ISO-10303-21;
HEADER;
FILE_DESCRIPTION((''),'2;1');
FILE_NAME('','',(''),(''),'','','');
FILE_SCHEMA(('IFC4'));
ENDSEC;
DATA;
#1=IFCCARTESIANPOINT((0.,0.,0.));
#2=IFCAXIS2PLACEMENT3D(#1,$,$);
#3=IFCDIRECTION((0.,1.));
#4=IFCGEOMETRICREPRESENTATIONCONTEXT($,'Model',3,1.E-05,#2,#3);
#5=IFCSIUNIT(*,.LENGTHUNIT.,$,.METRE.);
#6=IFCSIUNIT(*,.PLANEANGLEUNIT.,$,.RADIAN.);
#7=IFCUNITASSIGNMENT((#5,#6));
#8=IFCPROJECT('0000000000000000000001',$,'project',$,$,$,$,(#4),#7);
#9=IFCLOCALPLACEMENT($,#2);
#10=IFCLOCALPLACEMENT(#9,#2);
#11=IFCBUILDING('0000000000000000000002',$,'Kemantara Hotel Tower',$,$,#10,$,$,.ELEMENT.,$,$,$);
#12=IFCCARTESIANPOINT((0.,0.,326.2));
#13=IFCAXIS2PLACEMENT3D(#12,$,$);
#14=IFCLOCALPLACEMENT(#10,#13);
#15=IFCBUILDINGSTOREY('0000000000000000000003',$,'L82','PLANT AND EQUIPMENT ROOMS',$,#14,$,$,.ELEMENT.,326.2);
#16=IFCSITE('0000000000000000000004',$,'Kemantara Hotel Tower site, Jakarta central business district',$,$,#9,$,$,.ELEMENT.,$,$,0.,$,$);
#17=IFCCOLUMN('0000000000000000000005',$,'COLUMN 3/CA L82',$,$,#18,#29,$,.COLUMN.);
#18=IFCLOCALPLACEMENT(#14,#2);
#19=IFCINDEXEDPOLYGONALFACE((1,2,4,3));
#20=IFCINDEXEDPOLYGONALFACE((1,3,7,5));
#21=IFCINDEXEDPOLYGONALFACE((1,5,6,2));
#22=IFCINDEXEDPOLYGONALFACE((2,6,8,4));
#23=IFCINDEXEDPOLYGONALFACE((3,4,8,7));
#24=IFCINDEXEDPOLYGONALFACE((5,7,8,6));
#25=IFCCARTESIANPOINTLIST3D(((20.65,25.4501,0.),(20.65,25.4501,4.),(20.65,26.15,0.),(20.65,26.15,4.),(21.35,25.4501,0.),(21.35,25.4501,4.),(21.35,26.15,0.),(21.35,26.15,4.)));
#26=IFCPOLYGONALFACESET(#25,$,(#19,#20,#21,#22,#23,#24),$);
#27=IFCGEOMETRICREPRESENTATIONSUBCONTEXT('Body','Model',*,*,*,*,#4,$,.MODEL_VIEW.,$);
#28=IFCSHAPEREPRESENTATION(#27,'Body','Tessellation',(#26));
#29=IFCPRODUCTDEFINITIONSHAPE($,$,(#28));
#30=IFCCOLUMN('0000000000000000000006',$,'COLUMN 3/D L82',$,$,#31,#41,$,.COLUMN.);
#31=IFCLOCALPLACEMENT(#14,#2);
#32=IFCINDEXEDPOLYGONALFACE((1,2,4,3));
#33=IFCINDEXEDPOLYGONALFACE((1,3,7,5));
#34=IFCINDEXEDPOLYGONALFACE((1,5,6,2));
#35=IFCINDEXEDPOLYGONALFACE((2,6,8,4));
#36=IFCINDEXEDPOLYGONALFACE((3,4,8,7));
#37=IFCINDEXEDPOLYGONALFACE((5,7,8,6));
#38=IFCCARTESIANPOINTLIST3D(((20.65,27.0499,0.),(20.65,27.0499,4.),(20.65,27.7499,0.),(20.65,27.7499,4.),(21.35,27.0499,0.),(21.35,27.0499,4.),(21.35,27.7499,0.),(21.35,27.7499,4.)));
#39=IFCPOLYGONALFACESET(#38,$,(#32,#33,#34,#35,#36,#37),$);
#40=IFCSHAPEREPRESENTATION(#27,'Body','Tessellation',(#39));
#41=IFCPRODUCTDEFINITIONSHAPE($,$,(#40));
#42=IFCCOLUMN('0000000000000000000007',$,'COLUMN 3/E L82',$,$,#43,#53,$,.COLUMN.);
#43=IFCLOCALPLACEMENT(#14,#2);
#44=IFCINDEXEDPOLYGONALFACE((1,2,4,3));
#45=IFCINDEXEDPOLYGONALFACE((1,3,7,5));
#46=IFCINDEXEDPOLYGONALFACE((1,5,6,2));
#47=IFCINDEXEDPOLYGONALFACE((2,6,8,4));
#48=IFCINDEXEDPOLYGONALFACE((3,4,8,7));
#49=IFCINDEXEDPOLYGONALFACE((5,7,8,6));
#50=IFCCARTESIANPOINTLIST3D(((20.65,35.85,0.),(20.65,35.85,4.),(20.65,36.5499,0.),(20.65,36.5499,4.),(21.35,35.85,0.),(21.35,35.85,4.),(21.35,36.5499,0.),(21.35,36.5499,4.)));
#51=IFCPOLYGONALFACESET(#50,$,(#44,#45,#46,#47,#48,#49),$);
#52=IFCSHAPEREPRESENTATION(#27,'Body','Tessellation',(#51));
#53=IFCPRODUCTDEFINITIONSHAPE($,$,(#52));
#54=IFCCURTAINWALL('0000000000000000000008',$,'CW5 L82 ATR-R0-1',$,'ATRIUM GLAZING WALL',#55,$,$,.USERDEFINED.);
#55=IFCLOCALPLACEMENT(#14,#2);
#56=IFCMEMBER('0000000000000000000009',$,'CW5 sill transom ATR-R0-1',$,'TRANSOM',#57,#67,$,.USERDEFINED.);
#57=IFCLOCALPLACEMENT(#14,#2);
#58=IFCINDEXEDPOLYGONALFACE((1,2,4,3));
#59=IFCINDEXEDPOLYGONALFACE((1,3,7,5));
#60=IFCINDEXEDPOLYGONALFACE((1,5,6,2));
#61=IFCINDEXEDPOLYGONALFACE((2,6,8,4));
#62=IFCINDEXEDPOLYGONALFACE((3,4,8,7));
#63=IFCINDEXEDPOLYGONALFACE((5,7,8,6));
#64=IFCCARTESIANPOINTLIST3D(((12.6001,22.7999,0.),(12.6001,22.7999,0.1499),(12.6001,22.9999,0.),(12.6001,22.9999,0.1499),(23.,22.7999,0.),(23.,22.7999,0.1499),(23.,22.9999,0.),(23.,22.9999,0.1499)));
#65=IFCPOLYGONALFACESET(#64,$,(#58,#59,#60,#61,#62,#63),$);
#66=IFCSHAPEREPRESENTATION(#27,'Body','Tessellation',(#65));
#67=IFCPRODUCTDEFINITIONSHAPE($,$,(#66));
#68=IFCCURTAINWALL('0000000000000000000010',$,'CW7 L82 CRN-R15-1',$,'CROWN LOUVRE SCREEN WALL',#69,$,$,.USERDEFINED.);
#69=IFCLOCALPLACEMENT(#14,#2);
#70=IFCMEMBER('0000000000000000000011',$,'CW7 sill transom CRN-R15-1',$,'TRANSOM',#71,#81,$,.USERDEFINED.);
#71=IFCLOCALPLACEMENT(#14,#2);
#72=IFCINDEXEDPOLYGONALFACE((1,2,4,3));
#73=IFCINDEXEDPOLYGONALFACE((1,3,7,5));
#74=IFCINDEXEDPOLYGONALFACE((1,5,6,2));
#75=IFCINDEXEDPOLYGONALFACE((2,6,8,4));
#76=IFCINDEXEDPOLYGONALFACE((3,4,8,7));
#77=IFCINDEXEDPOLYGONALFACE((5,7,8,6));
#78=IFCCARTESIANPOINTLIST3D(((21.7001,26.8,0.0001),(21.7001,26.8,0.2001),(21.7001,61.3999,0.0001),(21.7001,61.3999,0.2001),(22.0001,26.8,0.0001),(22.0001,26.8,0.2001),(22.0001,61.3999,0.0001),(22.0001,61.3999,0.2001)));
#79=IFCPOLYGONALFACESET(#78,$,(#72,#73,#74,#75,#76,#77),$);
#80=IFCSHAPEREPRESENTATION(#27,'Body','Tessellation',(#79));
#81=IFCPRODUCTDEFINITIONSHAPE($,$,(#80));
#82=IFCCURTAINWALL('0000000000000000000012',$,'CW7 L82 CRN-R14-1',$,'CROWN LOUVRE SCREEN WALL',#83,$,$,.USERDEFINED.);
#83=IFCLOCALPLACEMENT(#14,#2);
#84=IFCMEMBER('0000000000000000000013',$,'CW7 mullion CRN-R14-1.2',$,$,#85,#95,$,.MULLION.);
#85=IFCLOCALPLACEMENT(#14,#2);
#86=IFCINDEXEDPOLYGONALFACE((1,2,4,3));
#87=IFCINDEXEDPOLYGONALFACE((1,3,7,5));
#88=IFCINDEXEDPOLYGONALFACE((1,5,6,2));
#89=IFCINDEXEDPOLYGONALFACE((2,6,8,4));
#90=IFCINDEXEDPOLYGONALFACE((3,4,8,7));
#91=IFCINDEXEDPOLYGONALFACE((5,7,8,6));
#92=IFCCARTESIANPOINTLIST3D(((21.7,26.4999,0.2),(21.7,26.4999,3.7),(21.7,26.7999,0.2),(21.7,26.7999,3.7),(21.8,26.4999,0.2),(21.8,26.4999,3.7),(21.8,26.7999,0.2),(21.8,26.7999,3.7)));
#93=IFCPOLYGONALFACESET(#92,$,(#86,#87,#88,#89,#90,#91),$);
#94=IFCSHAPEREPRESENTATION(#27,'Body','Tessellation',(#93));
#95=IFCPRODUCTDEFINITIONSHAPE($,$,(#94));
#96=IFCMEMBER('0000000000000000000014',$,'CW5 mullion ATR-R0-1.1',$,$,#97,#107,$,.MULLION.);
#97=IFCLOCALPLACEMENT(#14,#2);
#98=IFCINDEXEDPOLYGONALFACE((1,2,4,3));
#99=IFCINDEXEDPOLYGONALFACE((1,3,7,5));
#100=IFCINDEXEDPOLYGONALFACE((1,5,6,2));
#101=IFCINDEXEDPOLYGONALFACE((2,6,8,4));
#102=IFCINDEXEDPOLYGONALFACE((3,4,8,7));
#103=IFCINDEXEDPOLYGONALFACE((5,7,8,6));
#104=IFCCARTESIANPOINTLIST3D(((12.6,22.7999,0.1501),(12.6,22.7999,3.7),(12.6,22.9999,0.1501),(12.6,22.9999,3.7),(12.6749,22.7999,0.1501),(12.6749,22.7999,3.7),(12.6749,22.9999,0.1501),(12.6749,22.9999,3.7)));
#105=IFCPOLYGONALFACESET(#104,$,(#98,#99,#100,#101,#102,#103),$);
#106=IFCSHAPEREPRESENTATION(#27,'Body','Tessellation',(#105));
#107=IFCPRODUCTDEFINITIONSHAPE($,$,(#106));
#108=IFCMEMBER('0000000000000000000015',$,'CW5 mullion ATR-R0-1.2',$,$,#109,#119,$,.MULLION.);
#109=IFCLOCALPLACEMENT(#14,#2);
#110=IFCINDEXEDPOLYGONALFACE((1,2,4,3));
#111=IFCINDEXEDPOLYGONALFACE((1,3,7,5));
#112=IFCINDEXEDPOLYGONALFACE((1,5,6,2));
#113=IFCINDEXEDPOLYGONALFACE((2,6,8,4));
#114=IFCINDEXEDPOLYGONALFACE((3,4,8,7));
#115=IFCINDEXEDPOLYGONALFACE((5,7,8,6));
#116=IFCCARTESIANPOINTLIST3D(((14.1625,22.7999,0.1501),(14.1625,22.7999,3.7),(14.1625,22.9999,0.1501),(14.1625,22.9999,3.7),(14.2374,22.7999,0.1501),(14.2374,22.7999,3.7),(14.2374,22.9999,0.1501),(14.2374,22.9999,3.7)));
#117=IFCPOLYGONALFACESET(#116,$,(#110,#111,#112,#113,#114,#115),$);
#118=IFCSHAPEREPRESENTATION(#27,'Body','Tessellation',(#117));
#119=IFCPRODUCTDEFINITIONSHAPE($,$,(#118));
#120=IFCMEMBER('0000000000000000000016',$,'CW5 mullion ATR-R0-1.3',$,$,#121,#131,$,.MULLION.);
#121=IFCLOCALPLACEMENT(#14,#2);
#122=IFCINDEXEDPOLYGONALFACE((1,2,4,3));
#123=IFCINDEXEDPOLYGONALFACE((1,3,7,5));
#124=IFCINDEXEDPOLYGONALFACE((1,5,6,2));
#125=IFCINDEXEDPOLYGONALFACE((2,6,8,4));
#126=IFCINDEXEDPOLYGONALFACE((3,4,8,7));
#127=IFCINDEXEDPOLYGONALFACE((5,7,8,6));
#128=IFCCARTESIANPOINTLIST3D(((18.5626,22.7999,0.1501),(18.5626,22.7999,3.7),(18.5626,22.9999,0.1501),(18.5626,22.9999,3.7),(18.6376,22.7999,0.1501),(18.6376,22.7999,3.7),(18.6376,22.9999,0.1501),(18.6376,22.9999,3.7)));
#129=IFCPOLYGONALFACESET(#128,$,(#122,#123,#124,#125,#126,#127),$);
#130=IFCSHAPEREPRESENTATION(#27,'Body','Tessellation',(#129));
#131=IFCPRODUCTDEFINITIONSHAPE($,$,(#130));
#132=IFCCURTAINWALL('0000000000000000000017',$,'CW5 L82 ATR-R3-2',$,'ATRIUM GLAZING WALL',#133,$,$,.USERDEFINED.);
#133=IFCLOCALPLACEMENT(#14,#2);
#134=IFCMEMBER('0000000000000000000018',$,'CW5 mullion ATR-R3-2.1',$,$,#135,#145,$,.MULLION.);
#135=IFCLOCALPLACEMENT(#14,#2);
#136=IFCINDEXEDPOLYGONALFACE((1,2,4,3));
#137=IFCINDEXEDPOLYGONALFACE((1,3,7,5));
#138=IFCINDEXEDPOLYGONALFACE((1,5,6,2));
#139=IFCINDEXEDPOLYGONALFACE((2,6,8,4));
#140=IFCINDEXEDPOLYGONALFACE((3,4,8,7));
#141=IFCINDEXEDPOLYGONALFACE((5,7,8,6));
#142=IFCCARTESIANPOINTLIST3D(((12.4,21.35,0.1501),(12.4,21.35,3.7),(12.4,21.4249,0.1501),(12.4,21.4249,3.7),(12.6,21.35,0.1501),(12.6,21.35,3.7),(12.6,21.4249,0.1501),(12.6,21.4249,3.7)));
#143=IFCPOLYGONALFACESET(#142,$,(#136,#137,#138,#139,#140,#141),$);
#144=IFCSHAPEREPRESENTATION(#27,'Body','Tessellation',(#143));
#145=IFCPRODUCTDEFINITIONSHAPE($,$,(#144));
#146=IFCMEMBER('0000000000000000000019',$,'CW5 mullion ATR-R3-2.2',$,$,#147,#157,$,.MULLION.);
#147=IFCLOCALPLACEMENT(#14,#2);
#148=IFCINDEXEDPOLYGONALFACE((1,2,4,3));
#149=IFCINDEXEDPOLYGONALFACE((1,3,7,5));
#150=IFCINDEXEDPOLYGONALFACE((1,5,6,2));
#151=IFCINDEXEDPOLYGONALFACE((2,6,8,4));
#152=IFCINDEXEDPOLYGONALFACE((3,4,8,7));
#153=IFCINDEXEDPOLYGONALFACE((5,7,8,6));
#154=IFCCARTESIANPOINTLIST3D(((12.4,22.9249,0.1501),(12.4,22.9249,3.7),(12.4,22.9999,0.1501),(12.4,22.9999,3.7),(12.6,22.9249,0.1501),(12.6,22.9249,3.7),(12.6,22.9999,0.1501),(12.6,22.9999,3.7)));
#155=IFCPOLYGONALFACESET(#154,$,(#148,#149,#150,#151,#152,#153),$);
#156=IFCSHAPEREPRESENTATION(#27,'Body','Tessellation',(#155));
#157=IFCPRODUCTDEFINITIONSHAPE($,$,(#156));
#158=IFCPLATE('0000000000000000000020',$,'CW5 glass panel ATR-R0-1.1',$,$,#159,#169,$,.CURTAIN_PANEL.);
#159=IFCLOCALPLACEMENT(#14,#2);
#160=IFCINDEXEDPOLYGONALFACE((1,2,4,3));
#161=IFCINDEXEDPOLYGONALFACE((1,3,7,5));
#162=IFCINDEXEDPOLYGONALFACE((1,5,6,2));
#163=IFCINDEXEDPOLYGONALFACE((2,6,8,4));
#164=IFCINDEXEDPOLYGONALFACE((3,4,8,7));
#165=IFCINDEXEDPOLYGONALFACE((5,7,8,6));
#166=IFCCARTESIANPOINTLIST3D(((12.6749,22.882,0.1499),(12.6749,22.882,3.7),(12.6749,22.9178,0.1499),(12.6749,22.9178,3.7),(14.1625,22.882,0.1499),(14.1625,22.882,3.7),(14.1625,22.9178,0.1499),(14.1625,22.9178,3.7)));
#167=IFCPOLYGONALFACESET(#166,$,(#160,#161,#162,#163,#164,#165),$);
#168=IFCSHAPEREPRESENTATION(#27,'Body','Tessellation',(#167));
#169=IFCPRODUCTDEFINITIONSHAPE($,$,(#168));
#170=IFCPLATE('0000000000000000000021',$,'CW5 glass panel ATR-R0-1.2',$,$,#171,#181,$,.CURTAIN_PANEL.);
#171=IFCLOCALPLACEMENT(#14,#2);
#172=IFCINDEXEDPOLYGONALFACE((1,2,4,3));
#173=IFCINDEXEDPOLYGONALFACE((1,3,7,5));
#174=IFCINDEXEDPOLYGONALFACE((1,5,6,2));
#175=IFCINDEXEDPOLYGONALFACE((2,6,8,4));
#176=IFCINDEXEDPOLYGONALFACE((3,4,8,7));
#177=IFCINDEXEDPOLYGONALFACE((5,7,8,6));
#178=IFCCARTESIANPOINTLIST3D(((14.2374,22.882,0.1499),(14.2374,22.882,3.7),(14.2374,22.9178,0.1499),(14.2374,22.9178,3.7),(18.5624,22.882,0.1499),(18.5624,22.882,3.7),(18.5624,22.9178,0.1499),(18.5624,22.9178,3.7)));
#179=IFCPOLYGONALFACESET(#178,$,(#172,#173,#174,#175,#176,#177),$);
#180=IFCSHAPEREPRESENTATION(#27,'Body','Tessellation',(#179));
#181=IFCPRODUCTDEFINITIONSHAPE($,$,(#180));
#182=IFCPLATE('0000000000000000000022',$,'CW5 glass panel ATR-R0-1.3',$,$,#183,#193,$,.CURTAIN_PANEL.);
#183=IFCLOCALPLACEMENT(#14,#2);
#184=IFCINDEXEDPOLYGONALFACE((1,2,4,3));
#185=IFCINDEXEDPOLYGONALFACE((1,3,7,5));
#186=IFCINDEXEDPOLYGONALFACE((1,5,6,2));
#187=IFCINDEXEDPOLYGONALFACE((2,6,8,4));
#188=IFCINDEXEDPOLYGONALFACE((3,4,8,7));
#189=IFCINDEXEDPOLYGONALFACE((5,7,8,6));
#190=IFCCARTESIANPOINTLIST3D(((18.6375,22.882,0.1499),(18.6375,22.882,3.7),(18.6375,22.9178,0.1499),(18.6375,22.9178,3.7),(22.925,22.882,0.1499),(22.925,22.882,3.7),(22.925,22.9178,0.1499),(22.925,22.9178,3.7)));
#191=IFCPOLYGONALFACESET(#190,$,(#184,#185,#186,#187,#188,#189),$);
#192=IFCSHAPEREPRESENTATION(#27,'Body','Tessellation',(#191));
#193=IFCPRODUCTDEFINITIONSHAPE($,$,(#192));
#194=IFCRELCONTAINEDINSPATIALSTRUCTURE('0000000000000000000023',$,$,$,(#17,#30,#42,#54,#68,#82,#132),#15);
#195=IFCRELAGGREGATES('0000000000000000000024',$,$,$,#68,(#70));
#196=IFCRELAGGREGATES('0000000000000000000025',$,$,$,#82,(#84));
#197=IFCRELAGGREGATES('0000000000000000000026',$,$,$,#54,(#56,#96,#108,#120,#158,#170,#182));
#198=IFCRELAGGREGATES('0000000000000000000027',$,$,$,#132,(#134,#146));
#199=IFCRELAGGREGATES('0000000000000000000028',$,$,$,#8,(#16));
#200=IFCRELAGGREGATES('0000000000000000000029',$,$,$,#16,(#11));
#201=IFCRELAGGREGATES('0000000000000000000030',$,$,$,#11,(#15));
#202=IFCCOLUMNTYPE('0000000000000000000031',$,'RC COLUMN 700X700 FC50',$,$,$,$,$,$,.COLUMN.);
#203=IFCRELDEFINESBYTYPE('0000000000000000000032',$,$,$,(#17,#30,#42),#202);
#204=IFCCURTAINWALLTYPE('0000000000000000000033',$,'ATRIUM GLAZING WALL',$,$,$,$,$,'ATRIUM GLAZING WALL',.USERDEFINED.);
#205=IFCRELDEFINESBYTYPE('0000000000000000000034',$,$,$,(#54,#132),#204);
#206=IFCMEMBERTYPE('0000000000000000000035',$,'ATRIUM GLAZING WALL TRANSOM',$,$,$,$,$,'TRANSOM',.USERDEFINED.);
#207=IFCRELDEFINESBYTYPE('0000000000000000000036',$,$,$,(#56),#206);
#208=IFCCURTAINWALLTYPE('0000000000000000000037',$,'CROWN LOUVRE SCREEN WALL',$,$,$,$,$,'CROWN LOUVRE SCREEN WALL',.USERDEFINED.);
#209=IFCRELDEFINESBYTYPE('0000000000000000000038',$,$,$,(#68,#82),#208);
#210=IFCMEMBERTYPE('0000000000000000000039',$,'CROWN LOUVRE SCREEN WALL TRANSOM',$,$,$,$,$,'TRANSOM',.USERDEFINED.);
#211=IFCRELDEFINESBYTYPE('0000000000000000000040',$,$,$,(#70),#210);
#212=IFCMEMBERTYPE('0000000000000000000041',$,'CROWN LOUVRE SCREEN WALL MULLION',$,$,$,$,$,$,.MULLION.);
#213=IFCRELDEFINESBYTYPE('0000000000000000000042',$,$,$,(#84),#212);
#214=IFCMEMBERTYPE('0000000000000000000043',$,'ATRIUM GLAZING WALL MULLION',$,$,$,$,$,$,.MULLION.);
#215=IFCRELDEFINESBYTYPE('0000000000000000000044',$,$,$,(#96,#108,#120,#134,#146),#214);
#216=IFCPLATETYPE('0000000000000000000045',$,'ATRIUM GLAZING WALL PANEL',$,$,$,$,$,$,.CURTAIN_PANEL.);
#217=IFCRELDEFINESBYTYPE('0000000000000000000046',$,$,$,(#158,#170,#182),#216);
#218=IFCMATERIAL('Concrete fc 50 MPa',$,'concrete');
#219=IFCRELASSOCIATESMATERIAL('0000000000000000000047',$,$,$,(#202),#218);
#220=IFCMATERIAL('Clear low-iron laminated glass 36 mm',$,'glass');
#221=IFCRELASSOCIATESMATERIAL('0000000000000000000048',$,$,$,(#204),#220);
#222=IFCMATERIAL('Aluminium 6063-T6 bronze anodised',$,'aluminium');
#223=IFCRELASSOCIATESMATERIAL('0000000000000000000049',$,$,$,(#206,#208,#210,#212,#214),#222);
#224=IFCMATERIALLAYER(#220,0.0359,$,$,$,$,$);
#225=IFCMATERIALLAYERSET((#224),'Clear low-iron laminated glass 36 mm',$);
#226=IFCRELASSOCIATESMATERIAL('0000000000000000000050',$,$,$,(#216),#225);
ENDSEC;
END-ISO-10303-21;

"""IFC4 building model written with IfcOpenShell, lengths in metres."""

from ifc_helpers import new_model, si_unit, direction, frame, origin, origin_2d, place, context, subcontext, project, spatial, rectangle, extrude, source, transform, mapped, material, layer, layer_set, material_profile, profile_set, type_object, element, aggregate, save


model = new_model("IFC4")

# Units and contexts
model_context = context("Model", 3, precision=1e-05, world=origin(), true_north=direction((0.0, 1.0)))
body_context = subcontext(model_context, "Body", "Model", "MODEL_VIEW")
ifc_project = project(units=[si_unit("LENGTHUNIT", "METRE"), si_unit("PLANEANGLEUNIT", "RADIAN")], contexts=[model_context])

# Site, building, storey
site_placement = place(None, origin())
site = spatial("IfcSite", under=ifc_project, at=site_placement, Name="Kemantara Hotel Tower site, Jakarta central business district", CompositionType="ELEMENT", RefElevation=0.0)
building_placement = place(site_placement, origin())
building = spatial("IfcBuilding", under=site, at=building_placement, Name="Kemantara Hotel Tower", CompositionType="ELEMENT")
storey_placement = place(building_placement, frame((0.0, 0.0, 326.2)))
storey = spatial("IfcBuildingStorey", under=building, at=storey_placement, Name="L82", Description="PLANT AND EQUIPMENT ROOMS", CompositionType="ELEMENT", Elevation=326.2)

# Columns
ifc_material_1 = material(Name="Concrete fc 50 MPa", Category="concrete")
ifc_material_profile_1 = material_profile(ifc_material_1, rectangle(XDim=0.7, YDim=0.7, at=origin_2d()), Name="RC 700X700")
ifc_profile_set_1 = profile_set([ifc_material_profile_1], Name="Concrete fc 50 MPa")
column_type = type_object("IfcColumnType", Name="RC COLUMN 700X700 FC50", PredefinedType="COLUMN", material=ifc_profile_set_1)
for number, where, z_axis, x_axis, name in (
    (1, (21.0, 25.8, 0.0), (0.0, 0.0, 1.0), (1.0, 0.0, 0.0), "COLUMN 3/CA L82"),
    (2, (21.0, 27.3999, 0.0), (0.0, 0.0, 1.0), (1.0, 0.0, 0.0), "COLUMN 3/D L82"),
    (3, (21.0, 36.2, 0.0), (0.0, 0.0, 1.0), (1.0, 0.0, 0.0), "COLUMN 3/E L82"),
):
    element("IfcColumn", number, at=place(storey_placement, frame(where, z_axis=z_axis, x_axis=x_axis)), inside=storey, type_object=column_type, Name=name, PredefinedType="COLUMN", context=body_context, shape_type="SweptSolid", body=[
        extrude(rectangle(XDim=0.7, YDim=0.7, at=origin_2d()), origin(), (0.0, 0.0, 1.0), 4.0),
    ])

# Curtain walls, members
ifc_material_2 = material(Name="Clear low-iron laminated glass 36 mm", Category="glass")
curtain_wall_type_1 = type_object("IfcCurtainWallType", Name="ATRIUM GLAZING WALL", ElementType="ATRIUM GLAZING WALL", PredefinedType="USERDEFINED", material=ifc_material_2)
curtain_wall_1_placement = place(storey_placement, origin())
curtain_wall_1 = element("IfcCurtainWall", 4, at=curtain_wall_1_placement, inside=storey, type_object=curtain_wall_type_1, Name="CW5 L82 ATR-R0-1", ObjectType="ATRIUM GLAZING WALL", PredefinedType="USERDEFINED")
ifc_material_3 = material(Name="Aluminium 6063-T6 bronze anodised", Category="aluminium")
ifc_material_profile_2 = material_profile(ifc_material_3, rectangle(XDim=0.2, YDim=0.1499, at=origin_2d()), Name="ATRIUM GLAZING WALL TRANSOM")
ifc_profile_set_2 = profile_set([ifc_material_profile_2], Name="Aluminium 6063-T6 bronze anodised")
member_type_1 = type_object("IfcMemberType", Name="ATRIUM GLAZING WALL TRANSOM", ElementType="TRANSOM", PredefinedType="USERDEFINED", material=ifc_profile_set_2)
member_1_placement = place(storey_placement, frame((12.6001, 22.8999, 0.075), z_axis=(1.0, 0.0, 0.0), x_axis=(0.0, 1.0, 0.0)))
member_1 = element("IfcMember", 5, at=member_1_placement, type_object=member_type_1, Name="CW5 sill transom ATR-R0-1", ObjectType="TRANSOM", PredefinedType="USERDEFINED", context=body_context, shape_type="SweptSolid", body=[
    extrude(rectangle(XDim=0.2, YDim=0.1499, at=origin_2d()), origin(), (0.0, 0.0, 1.0), 10.3999),
])
curtain_wall_type_2 = type_object("IfcCurtainWallType", Name="CROWN LOUVRE SCREEN WALL", ElementType="CROWN LOUVRE SCREEN WALL", PredefinedType="USERDEFINED", material=ifc_material_3)
curtain_wall_2_placement = place(storey_placement, origin())
curtain_wall_2 = element("IfcCurtainWall", 6, at=curtain_wall_2_placement, inside=storey, type_object=curtain_wall_type_2, Name="CW7 L82 CRN-R15-1", ObjectType="CROWN LOUVRE SCREEN WALL", PredefinedType="USERDEFINED")
ifc_material_profile_3 = material_profile(ifc_material_3, rectangle(XDim=0.3, YDim=0.2, at=origin_2d()), Name="CROWN LOUVRE SCREEN WALL TRANSOM")
ifc_profile_set_3 = profile_set([ifc_material_profile_3], Name="Aluminium 6063-T6 bronze anodised")
member_type_2 = type_object("IfcMemberType", Name="CROWN LOUVRE SCREEN WALL TRANSOM", ElementType="TRANSOM", PredefinedType="USERDEFINED", material=ifc_profile_set_3)
member_2_placement = place(storey_placement, frame((21.8501, 26.8, 0.1001), z_axis=(0.0, 1.0, 0.0), x_axis=(-1.0, 0.0, 0.0)))
member_2 = element("IfcMember", 7, at=member_2_placement, type_object=member_type_2, Name="CW7 sill transom CRN-R15-1", ObjectType="TRANSOM", PredefinedType="USERDEFINED", context=body_context, shape_type="SweptSolid", body=[
    extrude(rectangle(XDim=0.3, YDim=0.2, at=origin_2d()), origin(), (0.0, 0.0, 1.0), 34.5999),
])
aggregate(curtain_wall_2, [member_2])
curtain_wall_3_placement = place(storey_placement, origin())
curtain_wall_3 = element("IfcCurtainWall", 8, at=curtain_wall_3_placement, inside=storey, type_object=curtain_wall_type_2, Name="CW7 L82 CRN-R14-1", ObjectType="CROWN LOUVRE SCREEN WALL", PredefinedType="USERDEFINED")
ifc_material_profile_4 = material_profile(ifc_material_3, rectangle(XDim=0.3, YDim=0.1001, at=origin_2d()), Name="CROWN LOUVRE SCREEN WALL MULLION")
ifc_profile_set_4 = profile_set([ifc_material_profile_4], Name="Aluminium 6063-T6 bronze anodised")
member_type_3 = type_object("IfcMemberType", Name="CROWN LOUVRE SCREEN WALL MULLION", PredefinedType="MULLION", material=ifc_profile_set_4)
shared_shape_1 = source(origin(), body_context, "Body", "SweptSolid", [
    extrude(rectangle(XDim=0.3, YDim=0.1001, at=origin_2d()), origin(), (0.0, 0.0, 1.0), 3.5),
])
member_3_placement = place(storey_placement, frame((21.75, 26.6499, 0.2), z_axis=(0.0, 0.0, 1.0), x_axis=(0.0, -1.0, 0.0)))
member_3 = element("IfcMember", 9, at=member_3_placement, type_object=member_type_3, Name="CW7 mullion CRN-R14-1.2", PredefinedType="MULLION", context=body_context, shape_type="MappedRepresentation", body=[
    mapped(shared_shape_1, transform((0.0, 0.0, 0.0))),
])
aggregate(curtain_wall_3, [member_3])

# Members
ifc_material_profile_5 = material_profile(ifc_material_3, rectangle(XDim=0.2, YDim=0.075, at=origin_2d()), Name="ATRIUM GLAZING WALL MULLION")
ifc_profile_set_5 = profile_set([ifc_material_profile_5], Name="Aluminium 6063-T6 bronze anodised")
member_type_4 = type_object("IfcMemberType", Name="ATRIUM GLAZING WALL MULLION", PredefinedType="MULLION", material=ifc_profile_set_5)
shared_shape_2 = source(origin(), body_context, "Body", "SweptSolid", [
    extrude(rectangle(XDim=0.2, YDim=0.075, at=origin_2d()), origin(), (0.0, 0.0, 1.0), 3.5498),
])
member_4_placement = place(storey_placement, frame((12.6375, 22.8999, 0.1501), z_axis=(0.0, 0.0, 1.0), x_axis=(0.0, 1.0, 0.0)))
member_4 = element("IfcMember", 10, at=member_4_placement, type_object=member_type_4, Name="CW5 mullion ATR-R0-1.1", PredefinedType="MULLION", context=body_context, shape_type="MappedRepresentation", body=[
    mapped(shared_shape_2, transform((0.0, 0.0, 0.0))),
])
member_5_placement = place(storey_placement, frame((14.2, 22.8999, 0.1501), z_axis=(0.0, 0.0, 1.0), x_axis=(0.0, 1.0, 0.0)))
member_5 = element("IfcMember", 11, at=member_5_placement, type_object=member_type_4, Name="CW5 mullion ATR-R0-1.2", PredefinedType="MULLION", context=body_context, shape_type="MappedRepresentation", body=[
    mapped(shared_shape_2, transform((0.0, 0.0, 0.0))),
])
member_6_placement = place(storey_placement, frame((18.6001, 22.8999, 0.1501), z_axis=(0.0, 0.0, 1.0), x_axis=(0.0, 1.0, 0.0)))
member_6 = element("IfcMember", 12, at=member_6_placement, type_object=member_type_4, Name="CW5 mullion ATR-R0-1.3", PredefinedType="MULLION", context=body_context, shape_type="MappedRepresentation", body=[
    mapped(shared_shape_2, transform((0.0, 0.0, 0.0))),
])

# Curtain wall, members
curtain_wall_4_placement = place(storey_placement, origin())
curtain_wall_4 = element("IfcCurtainWall", 13, at=curtain_wall_4_placement, inside=storey, type_object=curtain_wall_type_1, Name="CW5 L82 ATR-R3-2", ObjectType="ATRIUM GLAZING WALL", PredefinedType="USERDEFINED")
member_7_placement = place(storey_placement, frame((12.5, 21.3875, 0.1501), z_axis=(0.0, 0.0, 1.0), x_axis=(-1.0, 0.0, 0.0)))
member_7 = element("IfcMember", 14, at=member_7_placement, type_object=member_type_4, Name="CW5 mullion ATR-R3-2.1", PredefinedType="MULLION", context=body_context, shape_type="MappedRepresentation", body=[
    mapped(shared_shape_2, transform((0.0, 0.0, 0.0))),
])
member_8_placement = place(storey_placement, frame((12.5, 22.9624, 0.1501), z_axis=(0.0, 0.0, 1.0), x_axis=(-1.0, 0.0, 0.0)))
member_8 = element("IfcMember", 15, at=member_8_placement, type_object=member_type_4, Name="CW5 mullion ATR-R3-2.2", PredefinedType="MULLION", context=body_context, shape_type="MappedRepresentation", body=[
    mapped(shared_shape_2, transform((0.0, 0.0, 0.0))),
])

# Plates
ifc_layer = layer(ifc_material_2, 0.0359)
ifc_layer_set = layer_set([ifc_layer], Name="Clear low-iron laminated glass 36 mm")
plate_type = type_object("IfcPlateType", Name="ATRIUM GLAZING WALL PANEL", PredefinedType="CURTAIN_PANEL", material=ifc_layer_set)
shared_shape_3 = source(origin(), body_context, "Body", "SweptSolid", [
    extrude(rectangle(XDim=1.4875, YDim=0.0359, at=origin_2d()), origin(), (0.0, 0.0, 1.0), 3.55),
])
plate_1_placement = place(storey_placement, frame((13.4187, 22.8999, 0.1499), z_axis=(0.0, 0.0, 1.0), x_axis=(1.0, 0.0, 0.0)))
plate_1 = element("IfcPlate", 16, at=plate_1_placement, type_object=plate_type, Name="CW5 glass panel ATR-R0-1.1", PredefinedType="CURTAIN_PANEL", context=body_context, shape_type="MappedRepresentation", body=[
    mapped(shared_shape_3, transform((0.0, 0.0, 0.0))),
])
shared_shape_4 = source(origin(), body_context, "Body", "SweptSolid", [
    extrude(rectangle(XDim=4.325, YDim=0.0359, at=origin_2d()), origin(), (0.0, 0.0, 1.0), 3.55),
])
plate_2_placement = place(storey_placement, frame((16.3999, 22.8999, 0.1499), z_axis=(0.0, 0.0, 1.0), x_axis=(1.0, 0.0, 0.0)))
plate_2 = element("IfcPlate", 17, at=plate_2_placement, type_object=plate_type, Name="CW5 glass panel ATR-R0-1.2", PredefinedType="CURTAIN_PANEL", context=body_context, shape_type="MappedRepresentation", body=[
    mapped(shared_shape_4, transform((0.0, 0.0, 0.0))),
])
shared_shape_5 = source(origin(), body_context, "Body", "SweptSolid", [
    extrude(rectangle(XDim=4.2876, YDim=0.0359, at=origin_2d()), origin(), (0.0, 0.0, 1.0), 3.55),
])
plate_3_placement = place(storey_placement, frame((20.7812, 22.8999, 0.1499), z_axis=(0.0, 0.0, 1.0), x_axis=(1.0, 0.0, 0.0)))
plate_3 = element("IfcPlate", 18, at=plate_3_placement, type_object=plate_type, Name="CW5 glass panel ATR-R0-1.3", PredefinedType="CURTAIN_PANEL", context=body_context, shape_type="MappedRepresentation", body=[
    mapped(shared_shape_5, transform((0.0, 0.0, 0.0))),
])
aggregate(curtain_wall_1, [member_1, member_4, member_5, member_6, plate_1, plate_2, plate_3])
aggregate(curtain_wall_4, [member_7, member_8])

save(model, "model.ifc")
